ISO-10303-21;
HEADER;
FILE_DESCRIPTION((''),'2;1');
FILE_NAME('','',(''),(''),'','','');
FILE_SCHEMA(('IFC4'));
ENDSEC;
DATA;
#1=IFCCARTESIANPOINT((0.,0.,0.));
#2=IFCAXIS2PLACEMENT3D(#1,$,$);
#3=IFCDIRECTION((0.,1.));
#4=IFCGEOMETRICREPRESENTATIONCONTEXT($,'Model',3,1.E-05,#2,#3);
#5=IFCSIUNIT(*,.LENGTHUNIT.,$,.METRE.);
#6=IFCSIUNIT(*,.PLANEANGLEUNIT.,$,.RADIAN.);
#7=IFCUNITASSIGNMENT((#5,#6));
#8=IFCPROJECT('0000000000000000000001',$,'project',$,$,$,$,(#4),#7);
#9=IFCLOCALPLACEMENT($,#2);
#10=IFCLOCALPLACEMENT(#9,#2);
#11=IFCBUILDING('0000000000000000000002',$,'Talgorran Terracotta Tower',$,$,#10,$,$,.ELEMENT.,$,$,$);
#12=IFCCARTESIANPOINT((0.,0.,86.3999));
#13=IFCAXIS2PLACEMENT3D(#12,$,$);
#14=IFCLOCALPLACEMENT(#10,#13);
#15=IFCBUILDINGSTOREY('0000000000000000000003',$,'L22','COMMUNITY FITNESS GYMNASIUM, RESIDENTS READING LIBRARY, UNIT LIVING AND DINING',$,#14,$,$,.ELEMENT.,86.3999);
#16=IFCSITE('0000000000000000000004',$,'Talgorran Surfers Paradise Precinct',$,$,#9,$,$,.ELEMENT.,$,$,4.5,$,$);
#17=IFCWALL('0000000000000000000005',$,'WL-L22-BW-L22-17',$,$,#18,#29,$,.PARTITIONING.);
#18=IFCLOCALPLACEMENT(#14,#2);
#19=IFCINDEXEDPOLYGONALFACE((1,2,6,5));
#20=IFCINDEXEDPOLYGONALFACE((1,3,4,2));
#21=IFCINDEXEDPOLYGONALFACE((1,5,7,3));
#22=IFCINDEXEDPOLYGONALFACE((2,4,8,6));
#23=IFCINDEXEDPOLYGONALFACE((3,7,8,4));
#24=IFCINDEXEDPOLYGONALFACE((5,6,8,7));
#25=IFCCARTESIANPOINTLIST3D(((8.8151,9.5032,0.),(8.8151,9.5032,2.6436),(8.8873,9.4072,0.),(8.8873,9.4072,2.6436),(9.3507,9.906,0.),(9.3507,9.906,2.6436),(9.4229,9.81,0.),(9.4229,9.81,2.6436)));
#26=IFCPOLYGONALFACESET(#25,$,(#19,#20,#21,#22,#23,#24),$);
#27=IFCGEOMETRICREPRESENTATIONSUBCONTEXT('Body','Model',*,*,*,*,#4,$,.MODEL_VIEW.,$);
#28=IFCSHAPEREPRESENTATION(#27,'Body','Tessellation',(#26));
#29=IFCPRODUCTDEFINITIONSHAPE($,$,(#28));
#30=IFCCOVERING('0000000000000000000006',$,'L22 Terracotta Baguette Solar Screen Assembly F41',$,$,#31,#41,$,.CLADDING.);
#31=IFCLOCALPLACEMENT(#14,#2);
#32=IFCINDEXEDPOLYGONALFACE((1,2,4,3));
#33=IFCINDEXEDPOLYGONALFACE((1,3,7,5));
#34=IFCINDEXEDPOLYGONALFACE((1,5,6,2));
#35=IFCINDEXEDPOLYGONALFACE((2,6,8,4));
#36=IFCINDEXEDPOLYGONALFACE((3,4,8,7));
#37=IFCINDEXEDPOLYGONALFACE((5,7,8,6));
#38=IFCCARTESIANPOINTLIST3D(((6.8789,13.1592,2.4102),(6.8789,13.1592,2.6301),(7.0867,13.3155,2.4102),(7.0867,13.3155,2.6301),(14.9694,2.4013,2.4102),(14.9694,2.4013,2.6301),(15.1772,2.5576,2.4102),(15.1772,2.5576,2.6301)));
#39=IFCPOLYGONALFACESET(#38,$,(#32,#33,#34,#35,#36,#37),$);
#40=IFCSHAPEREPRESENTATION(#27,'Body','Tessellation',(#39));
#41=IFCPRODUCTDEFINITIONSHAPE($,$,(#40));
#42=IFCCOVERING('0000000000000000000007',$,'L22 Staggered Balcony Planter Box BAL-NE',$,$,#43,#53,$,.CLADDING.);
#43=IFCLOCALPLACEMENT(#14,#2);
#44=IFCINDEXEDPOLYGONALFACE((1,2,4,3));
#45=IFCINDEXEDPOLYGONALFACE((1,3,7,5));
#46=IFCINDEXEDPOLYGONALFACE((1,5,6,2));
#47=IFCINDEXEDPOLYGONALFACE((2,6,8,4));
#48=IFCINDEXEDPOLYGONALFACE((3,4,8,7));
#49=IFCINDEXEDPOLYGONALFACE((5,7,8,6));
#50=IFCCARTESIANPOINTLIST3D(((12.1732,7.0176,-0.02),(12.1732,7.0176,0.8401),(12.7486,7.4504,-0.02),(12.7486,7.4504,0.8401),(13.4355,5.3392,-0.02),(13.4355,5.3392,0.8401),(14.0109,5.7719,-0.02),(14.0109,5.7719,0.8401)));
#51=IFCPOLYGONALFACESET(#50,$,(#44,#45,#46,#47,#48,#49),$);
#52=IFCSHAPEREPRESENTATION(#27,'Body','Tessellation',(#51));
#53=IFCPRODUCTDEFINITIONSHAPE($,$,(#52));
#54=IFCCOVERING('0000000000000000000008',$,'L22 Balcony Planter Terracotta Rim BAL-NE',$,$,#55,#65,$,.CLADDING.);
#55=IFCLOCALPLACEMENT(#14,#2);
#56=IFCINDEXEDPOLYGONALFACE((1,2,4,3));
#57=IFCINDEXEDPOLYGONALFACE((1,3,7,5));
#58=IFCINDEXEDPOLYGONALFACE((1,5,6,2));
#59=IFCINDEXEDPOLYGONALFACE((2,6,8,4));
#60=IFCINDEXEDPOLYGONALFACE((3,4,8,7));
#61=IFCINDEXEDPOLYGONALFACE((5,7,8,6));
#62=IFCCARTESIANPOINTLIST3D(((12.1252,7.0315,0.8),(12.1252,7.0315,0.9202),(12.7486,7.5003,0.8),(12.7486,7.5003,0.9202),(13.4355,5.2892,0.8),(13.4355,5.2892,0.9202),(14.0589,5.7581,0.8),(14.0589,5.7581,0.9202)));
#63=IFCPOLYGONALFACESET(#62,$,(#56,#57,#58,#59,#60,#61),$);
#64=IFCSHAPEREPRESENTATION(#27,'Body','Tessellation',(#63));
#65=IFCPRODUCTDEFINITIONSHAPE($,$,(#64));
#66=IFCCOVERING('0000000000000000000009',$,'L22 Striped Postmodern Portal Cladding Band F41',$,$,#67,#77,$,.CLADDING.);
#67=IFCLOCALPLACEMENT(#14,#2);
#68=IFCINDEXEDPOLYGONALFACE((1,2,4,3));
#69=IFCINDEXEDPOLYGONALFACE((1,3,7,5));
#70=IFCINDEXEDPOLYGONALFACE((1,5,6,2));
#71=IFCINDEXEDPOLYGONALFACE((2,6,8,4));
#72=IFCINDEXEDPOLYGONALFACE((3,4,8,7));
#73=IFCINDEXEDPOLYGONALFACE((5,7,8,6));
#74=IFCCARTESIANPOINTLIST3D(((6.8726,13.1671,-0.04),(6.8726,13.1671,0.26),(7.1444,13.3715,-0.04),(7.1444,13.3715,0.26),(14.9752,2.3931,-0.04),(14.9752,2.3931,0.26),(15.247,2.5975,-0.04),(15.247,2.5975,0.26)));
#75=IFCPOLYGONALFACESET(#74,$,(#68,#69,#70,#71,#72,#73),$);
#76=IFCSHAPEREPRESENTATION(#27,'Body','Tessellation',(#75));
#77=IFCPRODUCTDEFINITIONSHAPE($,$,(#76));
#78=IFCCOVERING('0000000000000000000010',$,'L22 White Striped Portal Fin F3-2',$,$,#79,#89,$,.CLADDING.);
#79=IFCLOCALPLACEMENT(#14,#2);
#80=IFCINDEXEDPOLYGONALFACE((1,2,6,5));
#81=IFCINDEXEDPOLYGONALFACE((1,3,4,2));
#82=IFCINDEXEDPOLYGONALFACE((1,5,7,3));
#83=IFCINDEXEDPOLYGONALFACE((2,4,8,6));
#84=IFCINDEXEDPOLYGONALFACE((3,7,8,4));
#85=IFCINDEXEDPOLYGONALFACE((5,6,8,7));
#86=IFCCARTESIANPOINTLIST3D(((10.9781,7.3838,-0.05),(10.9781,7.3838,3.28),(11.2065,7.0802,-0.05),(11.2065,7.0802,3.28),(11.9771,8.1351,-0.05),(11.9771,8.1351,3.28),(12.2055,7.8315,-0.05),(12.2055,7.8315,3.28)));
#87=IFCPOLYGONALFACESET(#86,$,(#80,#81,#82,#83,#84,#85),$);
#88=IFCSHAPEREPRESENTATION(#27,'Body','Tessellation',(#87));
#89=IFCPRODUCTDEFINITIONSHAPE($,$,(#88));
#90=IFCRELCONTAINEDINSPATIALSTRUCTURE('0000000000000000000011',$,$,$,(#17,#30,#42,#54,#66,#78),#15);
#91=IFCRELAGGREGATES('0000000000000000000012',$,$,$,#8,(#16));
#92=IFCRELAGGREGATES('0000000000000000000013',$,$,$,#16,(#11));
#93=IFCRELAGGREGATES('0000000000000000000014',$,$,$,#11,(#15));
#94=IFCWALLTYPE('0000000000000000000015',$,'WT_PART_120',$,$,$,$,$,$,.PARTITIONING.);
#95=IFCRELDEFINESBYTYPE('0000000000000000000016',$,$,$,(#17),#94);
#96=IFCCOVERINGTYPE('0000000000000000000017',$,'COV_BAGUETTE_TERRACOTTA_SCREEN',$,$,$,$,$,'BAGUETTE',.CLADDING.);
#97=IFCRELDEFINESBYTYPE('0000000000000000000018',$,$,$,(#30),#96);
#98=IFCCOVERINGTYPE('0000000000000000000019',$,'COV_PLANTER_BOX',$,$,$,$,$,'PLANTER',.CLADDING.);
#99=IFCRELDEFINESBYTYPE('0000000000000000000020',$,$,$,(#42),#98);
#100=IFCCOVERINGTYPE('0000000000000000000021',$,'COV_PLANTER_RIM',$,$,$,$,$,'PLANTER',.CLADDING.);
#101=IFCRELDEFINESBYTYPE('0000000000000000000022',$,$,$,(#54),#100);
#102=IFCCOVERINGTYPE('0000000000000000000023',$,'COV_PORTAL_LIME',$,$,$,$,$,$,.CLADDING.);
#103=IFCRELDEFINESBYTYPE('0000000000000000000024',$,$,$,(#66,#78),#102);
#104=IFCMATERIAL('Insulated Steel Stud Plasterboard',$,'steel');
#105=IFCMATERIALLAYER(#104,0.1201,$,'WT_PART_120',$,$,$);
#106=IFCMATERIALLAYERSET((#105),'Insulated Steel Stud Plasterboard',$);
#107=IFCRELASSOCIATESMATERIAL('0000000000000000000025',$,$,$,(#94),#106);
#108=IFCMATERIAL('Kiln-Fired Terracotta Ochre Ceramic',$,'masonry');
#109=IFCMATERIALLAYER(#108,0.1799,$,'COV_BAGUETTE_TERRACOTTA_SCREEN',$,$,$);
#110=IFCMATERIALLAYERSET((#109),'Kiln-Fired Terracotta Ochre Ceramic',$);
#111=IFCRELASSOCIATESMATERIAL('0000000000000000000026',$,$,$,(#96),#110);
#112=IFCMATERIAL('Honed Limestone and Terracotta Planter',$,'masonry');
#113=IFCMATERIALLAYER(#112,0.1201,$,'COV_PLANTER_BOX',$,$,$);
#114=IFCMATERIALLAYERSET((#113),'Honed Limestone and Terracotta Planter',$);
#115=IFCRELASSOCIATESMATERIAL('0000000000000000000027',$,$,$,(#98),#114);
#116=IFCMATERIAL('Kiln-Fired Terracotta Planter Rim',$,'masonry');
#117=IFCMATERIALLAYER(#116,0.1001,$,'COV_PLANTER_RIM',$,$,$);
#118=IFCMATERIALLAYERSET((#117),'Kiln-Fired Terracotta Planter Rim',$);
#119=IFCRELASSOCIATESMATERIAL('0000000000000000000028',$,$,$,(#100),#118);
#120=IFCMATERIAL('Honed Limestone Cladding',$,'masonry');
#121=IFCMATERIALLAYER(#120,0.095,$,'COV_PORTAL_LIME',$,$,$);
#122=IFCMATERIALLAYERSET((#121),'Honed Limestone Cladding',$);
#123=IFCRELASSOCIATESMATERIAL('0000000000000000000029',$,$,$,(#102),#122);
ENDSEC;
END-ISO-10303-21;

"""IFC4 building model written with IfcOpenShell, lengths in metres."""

from ifc_helpers import new_model, si_unit, direction, frame, frame_2d, origin, origin_2d, place, context, subcontext, project, spatial, rectangle, extrude, material, layer, layer_set, type_object, element, save


model = new_model("IFC4")

# Units and contexts
model_context = context("Model", 3, precision=1e-05, world=origin(), true_north=direction((0.0, 1.0)))
body_context = subcontext(model_context, "Body", "Model", "MODEL_VIEW")
ifc_project = project(units=[si_unit("LENGTHUNIT", "METRE"), si_unit("PLANEANGLEUNIT", "RADIAN")], contexts=[model_context])

# Site, building, storey
site_placement = place(None, origin())
site = spatial("IfcSite", under=ifc_project, at=site_placement, Name="Talgorran Surfers Paradise Precinct", CompositionType="ELEMENT", RefElevation=4.5)
building_placement = place(site_placement, origin())
building = spatial("IfcBuilding", under=site, at=building_placement, Name="Talgorran Terracotta Tower", CompositionType="ELEMENT")
storey_placement = place(building_placement, frame((0.0, 0.0, 86.3999)))
storey = spatial("IfcBuildingStorey", under=building, at=storey_placement, Name="L22", Description="COMMUNITY FITNESS GYMNASIUM, RESIDENTS READING LIBRARY, UNIT LIVING AND DINING", CompositionType="ELEMENT", Elevation=86.3999)

# Wall
ifc_material_1 = material(Name="Insulated Steel Stud Plasterboard", Category="steel")
ifc_layer_1 = layer(ifc_material_1, 0.1201, Name="WT_PART_120")
ifc_layer_set_1 = layer_set([ifc_layer_1], Name="Insulated Steel Stud Plasterboard")
wall_type_1 = type_object("IfcWallType", Name="WT_PART_120", PredefinedType="PARTITIONING", material=ifc_layer_set_1)
wall_1_placement = place(storey_placement, frame((9.3867, 9.8579, 0.0), z_axis=(0.0, 0.0, 1.0), x_axis=(-0.799212, -0.601049, 0.0)))
element("IfcWall", 1, at=wall_1_placement, inside=storey, type_object=wall_type_1, Name="WL-L22-BW-L22-17", PredefinedType="PARTITIONING", context=body_context, shape_type="SweptSolid", body=[
    extrude(rectangle(XDim=0.6702, YDim=0.1201, at=frame_2d((0.335, 0.0))), origin(), (0.0, 0.0, 1.0), 2.6436),
])

# Coverings
ifc_material_2 = material(Name="Kiln-Fired Terracotta Ochre Ceramic", Category="masonry")
ifc_layer_2 = layer(ifc_material_2, 0.1799, Name="COV_BAGUETTE_TERRACOTTA_SCREEN")
ifc_layer_set_2 = layer_set([ifc_layer_2], Name="Kiln-Fired Terracotta Ochre Ceramic")
covering_type_1 = type_object("IfcCoveringType", Name="COV_BAGUETTE_TERRACOTTA_SCREEN", ElementType="BAGUETTE", PredefinedType="CLADDING", material=ifc_layer_set_2)
covering_1_placement = place(storey_placement, frame((11.0281, 7.8584, 2.4102), z_axis=(0.0, 0.0, 1.0), x_axis=(-0.601048, 0.799213, 0.0)))
element("IfcCovering", 2, at=covering_1_placement, inside=storey, type_object=covering_type_1, Name="L22 Terracotta Baguette Solar Screen Assembly F41", PredefinedType="CLADDING", context=body_context, shape_type="SweptSolid", body=[
    extrude(rectangle(XDim=13.4607, YDim=0.26, at=origin_2d()), origin(), (0.0, 0.0, 1.0), 0.22),
])
ifc_material_3 = material(Name="Honed Limestone and Terracotta Planter", Category="masonry")
ifc_layer_3 = layer(ifc_material_3, 0.1201, Name="COV_PLANTER_BOX")
ifc_layer_set_3 = layer_set([ifc_layer_3], Name="Honed Limestone and Terracotta Planter")
covering_type_2 = type_object("IfcCoveringType", Name="COV_PLANTER_BOX", ElementType="PLANTER", PredefinedType="CLADDING", material=ifc_layer_set_3)
covering_2_placement = place(storey_placement, frame((13.092, 6.3948, -0.02), z_axis=(0.0, 0.0, 1.0), x_axis=(-0.601048, 0.799213, 0.0)))
element("IfcCovering", 3, at=covering_2_placement, inside=storey, type_object=covering_type_2, Name="L22 Staggered Balcony Planter Box BAL-NE", PredefinedType="CLADDING", context=body_context, shape_type="SweptSolid", body=[
    extrude(rectangle(XDim=2.1001, YDim=0.72, at=origin_2d()), origin(), (0.0, 0.0, 1.0), 0.8601),
])
ifc_material_4 = material(Name="Kiln-Fired Terracotta Planter Rim", Category="masonry")
ifc_layer_4 = layer(ifc_material_4, 0.1001, Name="COV_PLANTER_RIM")
ifc_layer_set_4 = layer_set([ifc_layer_4], Name="Kiln-Fired Terracotta Planter Rim")
covering_type_3 = type_object("IfcCoveringType", Name="COV_PLANTER_RIM", ElementType="PLANTER", PredefinedType="CLADDING", material=ifc_layer_set_4)
covering_3_placement = place(storey_placement, frame((13.092, 6.3948, 0.8), z_axis=(0.0, 0.0, 1.0), x_axis=(-0.601048, 0.799213, 0.0)))
element("IfcCovering", 4, at=covering_3_placement, inside=storey, type_object=covering_type_3, Name="L22 Balcony Planter Terracotta Rim BAL-NE", PredefinedType="CLADDING", context=body_context, shape_type="SweptSolid", body=[
    extrude(rectangle(XDim=2.1799, YDim=0.78, at=origin_2d()), origin(), (0.0, 0.0, 1.0), 0.1201),
])
ifc_material_5 = material(Name="Honed Limestone Cladding", Category="masonry")
ifc_layer_5 = layer(ifc_material_5, 0.095, Name="COV_PORTAL_LIME")
ifc_layer_set_5 = layer_set([ifc_layer_5], Name="Honed Limestone Cladding")
covering_type_4 = type_object("IfcCoveringType", Name="COV_PORTAL_LIME", PredefinedType="CLADDING", material=ifc_layer_set_5)
covering_4_placement = place(storey_placement, frame((11.0598, 7.8823, -0.04), z_axis=(0.0, 0.0, 1.0), x_axis=(-0.601048, 0.799213, 0.0)))
element("IfcCovering", 5, at=covering_4_placement, inside=storey, type_object=covering_type_4, Name="L22 Striped Postmodern Portal Cladding Band F41", PredefinedType="CLADDING", context=body_context, shape_type="SweptSolid", body=[
    extrude(rectangle(XDim=13.4807, YDim=0.3401, at=origin_2d()), origin(), (0.0, 0.0, 1.0), 0.3),
])
covering_5_placement = place(storey_placement, frame((11.5918, 7.6077, -0.05), z_axis=(0.0, 0.0, 1.0), x_axis=(-0.601048, 0.799213, 0.0)))
element("IfcCovering", 6, at=covering_5_placement, inside=storey, type_object=covering_type_4, Name="L22 White Striped Portal Fin F3-2", PredefinedType="CLADDING", context=body_context, shape_type="SweptSolid", body=[
    extrude(rectangle(XDim=0.3799, YDim=1.25, at=origin_2d()), origin(), (0.0, 0.0, 1.0), 3.3301),
])

save(model, "model.ifc")
